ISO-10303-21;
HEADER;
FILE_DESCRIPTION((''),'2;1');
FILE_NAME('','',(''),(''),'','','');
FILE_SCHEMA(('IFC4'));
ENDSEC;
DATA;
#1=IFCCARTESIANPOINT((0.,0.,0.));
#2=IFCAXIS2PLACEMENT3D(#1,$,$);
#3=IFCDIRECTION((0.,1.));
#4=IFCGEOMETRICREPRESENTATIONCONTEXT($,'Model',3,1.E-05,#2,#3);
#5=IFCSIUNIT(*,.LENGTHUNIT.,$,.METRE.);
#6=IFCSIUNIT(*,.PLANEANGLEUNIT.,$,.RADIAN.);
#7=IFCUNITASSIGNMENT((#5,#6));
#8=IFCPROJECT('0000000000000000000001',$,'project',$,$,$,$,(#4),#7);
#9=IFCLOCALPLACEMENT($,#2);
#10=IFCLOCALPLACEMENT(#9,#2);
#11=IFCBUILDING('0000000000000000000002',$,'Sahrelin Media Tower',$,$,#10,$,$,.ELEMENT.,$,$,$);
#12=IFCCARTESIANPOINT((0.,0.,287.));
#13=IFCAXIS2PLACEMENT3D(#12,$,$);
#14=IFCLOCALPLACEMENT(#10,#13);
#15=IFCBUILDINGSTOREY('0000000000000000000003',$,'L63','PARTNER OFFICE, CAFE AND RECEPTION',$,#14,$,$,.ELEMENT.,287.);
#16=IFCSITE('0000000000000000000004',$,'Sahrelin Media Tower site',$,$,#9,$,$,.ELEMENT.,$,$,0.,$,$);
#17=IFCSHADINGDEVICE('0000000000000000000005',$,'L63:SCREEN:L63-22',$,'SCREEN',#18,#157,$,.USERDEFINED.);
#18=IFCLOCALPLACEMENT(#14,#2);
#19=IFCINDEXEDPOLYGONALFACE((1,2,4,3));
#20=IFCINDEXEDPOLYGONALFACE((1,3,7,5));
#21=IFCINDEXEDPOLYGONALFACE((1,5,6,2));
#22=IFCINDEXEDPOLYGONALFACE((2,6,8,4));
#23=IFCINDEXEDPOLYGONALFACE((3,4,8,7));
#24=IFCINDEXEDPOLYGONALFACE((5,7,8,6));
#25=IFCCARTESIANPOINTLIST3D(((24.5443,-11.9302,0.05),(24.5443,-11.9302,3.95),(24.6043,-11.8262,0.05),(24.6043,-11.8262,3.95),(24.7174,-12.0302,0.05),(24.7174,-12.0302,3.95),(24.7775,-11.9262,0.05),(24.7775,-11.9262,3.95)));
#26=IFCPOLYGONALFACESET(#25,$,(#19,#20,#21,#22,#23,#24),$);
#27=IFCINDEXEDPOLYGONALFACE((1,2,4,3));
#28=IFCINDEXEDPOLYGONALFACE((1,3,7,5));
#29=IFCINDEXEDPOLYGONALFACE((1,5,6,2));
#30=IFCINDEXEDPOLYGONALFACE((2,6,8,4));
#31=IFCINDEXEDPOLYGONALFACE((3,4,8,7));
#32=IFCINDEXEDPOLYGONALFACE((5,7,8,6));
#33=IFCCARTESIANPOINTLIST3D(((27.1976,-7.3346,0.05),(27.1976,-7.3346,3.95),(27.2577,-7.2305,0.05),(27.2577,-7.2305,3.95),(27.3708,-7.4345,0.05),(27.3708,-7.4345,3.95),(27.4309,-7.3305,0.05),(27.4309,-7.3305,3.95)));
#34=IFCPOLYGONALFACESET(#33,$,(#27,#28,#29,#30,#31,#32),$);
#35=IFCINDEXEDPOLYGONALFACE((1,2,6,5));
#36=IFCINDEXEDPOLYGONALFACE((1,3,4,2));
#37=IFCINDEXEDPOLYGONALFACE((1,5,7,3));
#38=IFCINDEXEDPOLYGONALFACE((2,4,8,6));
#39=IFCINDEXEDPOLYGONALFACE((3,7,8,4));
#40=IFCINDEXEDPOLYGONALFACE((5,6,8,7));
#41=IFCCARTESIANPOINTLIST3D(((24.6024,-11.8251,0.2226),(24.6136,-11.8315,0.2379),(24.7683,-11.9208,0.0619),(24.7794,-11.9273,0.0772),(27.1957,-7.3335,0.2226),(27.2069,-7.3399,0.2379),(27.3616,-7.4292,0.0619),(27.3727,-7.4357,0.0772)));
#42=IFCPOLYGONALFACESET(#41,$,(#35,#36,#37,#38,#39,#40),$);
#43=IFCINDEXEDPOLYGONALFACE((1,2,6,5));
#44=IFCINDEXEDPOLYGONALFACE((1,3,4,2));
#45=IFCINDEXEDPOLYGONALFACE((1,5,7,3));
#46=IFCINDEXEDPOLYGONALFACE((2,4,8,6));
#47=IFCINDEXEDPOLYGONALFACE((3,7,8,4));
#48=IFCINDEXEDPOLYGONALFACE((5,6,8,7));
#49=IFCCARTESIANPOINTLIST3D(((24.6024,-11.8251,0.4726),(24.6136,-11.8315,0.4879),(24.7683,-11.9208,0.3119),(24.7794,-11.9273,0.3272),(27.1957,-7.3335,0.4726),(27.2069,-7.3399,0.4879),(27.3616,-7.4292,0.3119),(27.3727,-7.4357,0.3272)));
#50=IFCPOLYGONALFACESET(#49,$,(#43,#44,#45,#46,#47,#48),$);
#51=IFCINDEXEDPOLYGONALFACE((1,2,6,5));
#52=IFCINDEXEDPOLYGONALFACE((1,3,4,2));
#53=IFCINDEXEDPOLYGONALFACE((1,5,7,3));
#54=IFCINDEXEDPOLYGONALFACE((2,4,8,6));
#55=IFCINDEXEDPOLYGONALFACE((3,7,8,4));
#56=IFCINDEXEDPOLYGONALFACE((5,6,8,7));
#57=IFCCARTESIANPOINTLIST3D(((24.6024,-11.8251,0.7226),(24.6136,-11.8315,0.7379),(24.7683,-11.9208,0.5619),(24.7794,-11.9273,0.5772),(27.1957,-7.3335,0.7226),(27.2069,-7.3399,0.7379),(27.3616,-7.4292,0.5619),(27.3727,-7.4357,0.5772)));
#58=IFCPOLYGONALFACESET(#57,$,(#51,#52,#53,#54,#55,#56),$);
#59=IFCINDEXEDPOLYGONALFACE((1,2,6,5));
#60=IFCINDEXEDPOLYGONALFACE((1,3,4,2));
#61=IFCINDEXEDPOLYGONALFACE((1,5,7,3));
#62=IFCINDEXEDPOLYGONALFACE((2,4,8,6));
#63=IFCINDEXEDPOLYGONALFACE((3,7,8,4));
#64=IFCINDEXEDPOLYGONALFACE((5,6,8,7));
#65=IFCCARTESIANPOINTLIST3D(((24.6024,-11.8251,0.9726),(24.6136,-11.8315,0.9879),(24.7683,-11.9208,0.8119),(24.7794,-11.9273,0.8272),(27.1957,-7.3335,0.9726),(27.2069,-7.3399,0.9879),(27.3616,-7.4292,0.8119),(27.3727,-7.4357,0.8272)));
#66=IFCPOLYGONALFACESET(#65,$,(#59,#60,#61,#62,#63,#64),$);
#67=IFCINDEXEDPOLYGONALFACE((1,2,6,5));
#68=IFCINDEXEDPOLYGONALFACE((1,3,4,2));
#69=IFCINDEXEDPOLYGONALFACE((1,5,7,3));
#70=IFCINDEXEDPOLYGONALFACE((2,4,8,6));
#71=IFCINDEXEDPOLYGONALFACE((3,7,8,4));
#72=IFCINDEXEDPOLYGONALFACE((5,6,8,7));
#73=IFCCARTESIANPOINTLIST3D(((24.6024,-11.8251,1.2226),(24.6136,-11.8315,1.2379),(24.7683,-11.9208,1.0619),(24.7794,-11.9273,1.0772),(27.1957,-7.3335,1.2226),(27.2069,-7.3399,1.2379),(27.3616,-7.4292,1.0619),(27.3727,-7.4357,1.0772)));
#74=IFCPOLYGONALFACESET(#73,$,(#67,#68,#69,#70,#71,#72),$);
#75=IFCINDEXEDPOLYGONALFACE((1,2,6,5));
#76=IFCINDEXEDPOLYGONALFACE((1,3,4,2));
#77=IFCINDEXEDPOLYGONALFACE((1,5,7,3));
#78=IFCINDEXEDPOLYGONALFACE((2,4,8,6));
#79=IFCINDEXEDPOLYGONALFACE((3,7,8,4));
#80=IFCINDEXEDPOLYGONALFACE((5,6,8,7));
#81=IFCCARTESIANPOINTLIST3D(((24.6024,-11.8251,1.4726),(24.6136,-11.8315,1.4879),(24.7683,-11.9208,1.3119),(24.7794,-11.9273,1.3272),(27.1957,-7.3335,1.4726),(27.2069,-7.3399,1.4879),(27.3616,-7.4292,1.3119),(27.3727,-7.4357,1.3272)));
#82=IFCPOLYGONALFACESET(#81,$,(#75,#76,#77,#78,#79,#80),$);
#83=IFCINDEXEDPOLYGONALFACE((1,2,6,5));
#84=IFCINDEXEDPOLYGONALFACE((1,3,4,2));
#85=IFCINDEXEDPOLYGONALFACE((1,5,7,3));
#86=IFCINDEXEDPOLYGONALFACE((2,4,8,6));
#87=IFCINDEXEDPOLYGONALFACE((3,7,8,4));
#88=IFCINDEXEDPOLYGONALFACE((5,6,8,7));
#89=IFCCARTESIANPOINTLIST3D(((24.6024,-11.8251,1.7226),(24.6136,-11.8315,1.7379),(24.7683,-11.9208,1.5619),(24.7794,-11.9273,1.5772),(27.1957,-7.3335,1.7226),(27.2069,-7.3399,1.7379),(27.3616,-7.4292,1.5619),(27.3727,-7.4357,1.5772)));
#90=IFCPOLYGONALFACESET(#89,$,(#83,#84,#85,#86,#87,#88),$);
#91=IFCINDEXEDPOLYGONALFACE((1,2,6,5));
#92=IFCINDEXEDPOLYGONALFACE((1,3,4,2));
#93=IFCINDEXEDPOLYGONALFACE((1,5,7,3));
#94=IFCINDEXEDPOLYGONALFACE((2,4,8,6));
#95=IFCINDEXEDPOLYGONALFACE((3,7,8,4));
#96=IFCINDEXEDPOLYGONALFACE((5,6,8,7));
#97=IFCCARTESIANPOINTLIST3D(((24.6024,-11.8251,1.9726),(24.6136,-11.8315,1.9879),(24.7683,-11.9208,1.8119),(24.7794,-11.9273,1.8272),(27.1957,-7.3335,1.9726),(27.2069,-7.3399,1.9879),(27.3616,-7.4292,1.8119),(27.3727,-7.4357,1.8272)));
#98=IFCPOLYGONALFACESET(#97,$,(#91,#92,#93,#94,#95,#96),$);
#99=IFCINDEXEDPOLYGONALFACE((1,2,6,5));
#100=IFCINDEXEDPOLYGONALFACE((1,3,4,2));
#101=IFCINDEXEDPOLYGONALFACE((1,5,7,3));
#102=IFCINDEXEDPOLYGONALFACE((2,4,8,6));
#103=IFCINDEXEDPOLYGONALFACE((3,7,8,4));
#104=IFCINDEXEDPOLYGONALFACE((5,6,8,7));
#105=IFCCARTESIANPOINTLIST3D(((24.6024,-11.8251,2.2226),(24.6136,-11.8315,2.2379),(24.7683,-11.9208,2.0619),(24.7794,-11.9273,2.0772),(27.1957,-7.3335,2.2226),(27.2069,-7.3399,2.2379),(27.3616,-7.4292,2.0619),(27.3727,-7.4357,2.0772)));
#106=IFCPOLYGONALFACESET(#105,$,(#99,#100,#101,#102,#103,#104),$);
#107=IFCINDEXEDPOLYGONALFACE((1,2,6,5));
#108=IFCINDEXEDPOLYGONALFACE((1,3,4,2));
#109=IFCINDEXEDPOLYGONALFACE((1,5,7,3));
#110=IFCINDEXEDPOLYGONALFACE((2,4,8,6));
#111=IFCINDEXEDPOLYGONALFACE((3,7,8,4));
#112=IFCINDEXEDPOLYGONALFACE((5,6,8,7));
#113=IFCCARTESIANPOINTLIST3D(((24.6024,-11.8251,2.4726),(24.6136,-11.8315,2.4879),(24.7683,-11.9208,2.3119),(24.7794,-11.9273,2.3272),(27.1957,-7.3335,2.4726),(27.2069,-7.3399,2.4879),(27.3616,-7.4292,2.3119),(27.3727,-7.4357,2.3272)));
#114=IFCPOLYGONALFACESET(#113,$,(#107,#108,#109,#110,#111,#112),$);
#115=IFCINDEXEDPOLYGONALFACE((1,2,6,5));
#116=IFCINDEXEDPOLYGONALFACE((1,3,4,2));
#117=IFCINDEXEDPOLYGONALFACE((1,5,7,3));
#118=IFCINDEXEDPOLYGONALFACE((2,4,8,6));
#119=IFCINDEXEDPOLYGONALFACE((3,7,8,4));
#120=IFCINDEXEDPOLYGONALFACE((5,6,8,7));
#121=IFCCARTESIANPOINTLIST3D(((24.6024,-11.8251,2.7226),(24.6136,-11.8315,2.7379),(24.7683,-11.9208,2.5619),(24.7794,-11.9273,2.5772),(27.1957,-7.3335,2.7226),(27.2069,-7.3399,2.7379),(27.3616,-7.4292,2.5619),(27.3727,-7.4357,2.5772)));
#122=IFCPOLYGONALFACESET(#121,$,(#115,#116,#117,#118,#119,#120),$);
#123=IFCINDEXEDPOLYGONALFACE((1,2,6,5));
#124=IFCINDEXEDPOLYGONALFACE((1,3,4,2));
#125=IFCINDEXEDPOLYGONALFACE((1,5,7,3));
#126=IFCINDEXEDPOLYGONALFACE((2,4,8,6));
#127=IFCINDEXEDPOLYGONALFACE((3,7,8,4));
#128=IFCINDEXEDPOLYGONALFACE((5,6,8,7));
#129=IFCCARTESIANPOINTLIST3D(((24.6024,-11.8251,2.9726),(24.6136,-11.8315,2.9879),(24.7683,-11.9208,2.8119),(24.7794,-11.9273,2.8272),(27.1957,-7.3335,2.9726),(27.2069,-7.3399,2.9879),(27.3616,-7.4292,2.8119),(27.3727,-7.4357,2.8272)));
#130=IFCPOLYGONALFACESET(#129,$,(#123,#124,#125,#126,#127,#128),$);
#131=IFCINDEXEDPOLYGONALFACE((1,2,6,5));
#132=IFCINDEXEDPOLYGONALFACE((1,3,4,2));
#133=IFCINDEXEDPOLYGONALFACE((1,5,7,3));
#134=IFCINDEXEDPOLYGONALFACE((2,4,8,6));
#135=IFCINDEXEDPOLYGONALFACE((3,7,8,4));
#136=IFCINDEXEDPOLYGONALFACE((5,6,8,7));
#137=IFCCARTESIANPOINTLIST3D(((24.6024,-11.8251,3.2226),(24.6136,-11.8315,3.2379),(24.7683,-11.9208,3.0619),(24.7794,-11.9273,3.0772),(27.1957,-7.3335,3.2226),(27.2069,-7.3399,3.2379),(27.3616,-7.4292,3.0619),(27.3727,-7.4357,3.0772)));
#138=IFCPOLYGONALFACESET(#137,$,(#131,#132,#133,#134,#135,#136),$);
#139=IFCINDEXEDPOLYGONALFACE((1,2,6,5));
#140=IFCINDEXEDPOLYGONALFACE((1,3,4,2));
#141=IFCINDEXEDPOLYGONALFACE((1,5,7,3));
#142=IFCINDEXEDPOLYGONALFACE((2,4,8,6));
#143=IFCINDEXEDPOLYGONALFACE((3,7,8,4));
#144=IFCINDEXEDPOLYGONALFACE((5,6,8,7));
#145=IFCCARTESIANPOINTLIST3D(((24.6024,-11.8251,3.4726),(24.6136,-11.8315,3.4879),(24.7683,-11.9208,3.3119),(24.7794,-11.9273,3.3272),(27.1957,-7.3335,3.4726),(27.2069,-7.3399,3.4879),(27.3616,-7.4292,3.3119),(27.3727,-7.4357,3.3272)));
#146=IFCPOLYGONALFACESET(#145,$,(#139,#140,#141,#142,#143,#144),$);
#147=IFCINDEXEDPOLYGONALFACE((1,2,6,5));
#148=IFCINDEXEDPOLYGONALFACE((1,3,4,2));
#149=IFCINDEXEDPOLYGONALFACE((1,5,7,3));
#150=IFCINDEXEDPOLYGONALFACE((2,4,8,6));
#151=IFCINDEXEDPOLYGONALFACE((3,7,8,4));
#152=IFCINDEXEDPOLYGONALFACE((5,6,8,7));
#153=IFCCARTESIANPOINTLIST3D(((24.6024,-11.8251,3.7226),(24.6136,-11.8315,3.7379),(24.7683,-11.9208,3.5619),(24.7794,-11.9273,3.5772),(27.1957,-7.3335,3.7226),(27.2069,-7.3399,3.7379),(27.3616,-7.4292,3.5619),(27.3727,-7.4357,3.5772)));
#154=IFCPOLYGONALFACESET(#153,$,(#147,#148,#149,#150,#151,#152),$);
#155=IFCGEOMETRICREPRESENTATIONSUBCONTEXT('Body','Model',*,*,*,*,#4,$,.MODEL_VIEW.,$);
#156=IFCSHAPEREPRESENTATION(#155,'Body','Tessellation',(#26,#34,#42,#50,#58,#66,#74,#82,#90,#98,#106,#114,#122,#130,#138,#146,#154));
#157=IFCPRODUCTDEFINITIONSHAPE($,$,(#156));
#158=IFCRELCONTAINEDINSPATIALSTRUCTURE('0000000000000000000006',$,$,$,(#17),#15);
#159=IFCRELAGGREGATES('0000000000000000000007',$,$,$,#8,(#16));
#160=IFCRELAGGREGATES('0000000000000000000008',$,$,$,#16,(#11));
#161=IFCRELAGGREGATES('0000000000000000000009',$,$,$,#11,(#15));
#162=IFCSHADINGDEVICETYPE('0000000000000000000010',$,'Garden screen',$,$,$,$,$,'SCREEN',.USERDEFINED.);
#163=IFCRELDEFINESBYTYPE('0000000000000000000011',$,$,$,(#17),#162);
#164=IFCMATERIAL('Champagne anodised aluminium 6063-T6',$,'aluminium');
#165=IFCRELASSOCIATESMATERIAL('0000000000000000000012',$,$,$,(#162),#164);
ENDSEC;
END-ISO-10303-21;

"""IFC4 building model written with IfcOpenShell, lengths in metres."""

from ifc_helpers import new_model, si_unit, direction, frame, origin, origin_2d, place, context, subcontext, project, spatial, rectangle, extrude, material, type_object, element, save


model = new_model("IFC4")

# Units and contexts
model_context = context("Model", 3, precision=1e-05, world=origin(), true_north=direction((0.0, 1.0)))
body_context = subcontext(model_context, "Body", "Model", "MODEL_VIEW")
ifc_project = project(units=[si_unit("LENGTHUNIT", "METRE"), si_unit("PLANEANGLEUNIT", "RADIAN")], contexts=[model_context])

# Site, building, storey
site_placement = place(None, origin())
site = spatial("IfcSite", under=ifc_project, at=site_placement, Name="Sahrelin Media Tower site", CompositionType="ELEMENT", RefElevation=0.0)
building_placement = place(site_placement, origin())
building = spatial("IfcBuilding", under=site, at=building_placement, Name="Sahrelin Media Tower", CompositionType="ELEMENT")
storey_placement = place(building_placement, frame((0.0, 0.0, 287.0)))
storey = spatial("IfcBuildingStorey", under=building, at=storey_placement, Name="L63", Description="PARTNER OFFICE, CAFE AND RECEPTION", CompositionType="ELEMENT", Elevation=287.0)

# Shading device
ifc_material_1 = material(Name="Champagne anodised aluminium 6063-T6", Category="aluminium")
shading_device_type = type_object("IfcShadingDeviceType", Name="Garden screen", ElementType="SCREEN", PredefinedType="USERDEFINED", material=ifc_material_1)
shading_device_1_placement = place(storey_placement, frame((25.9009, -9.5803, 0.0), z_axis=(0.0, 0.0, 1.0), x_axis=(-0.500011, -0.866019, 0.0)))
element("IfcShadingDevice", 1, at=shading_device_1_placement, inside=storey, type_object=shading_device_type, Name="L63:SCREEN:L63-22", ObjectType="SCREEN", PredefinedType="USERDEFINED", context=body_context, shape_type="SweptSolid", body=[
    extrude(rectangle(XDim=0.1201, YDim=0.2, at=origin_2d()), frame((2.6533, 0.1001, 0.05), z_axis=(0.0, 0.0, 1.0), x_axis=(1.0, 0.0, 0.0)), (0.0, 0.0, 1.0), 3.8999),
    extrude(rectangle(XDim=0.1201, YDim=0.2, at=origin_2d()), frame((-2.6533, 0.1001, 0.05), z_axis=(0.0, 0.0, 1.0), x_axis=(1.0, 0.0, 0.0)), (0.0, 0.0, 1.0), 3.8999),
    extrude(rectangle(XDim=0.25, YDim=0.02, at=origin_2d()), frame((2.5933, 0.1001, 0.1499), z_axis=(-1.0, 0.0, 0.0), x_axis=(0.0, -0.766044, 0.642788)), (0.0, 0.0, 1.0), 5.1865),
    extrude(rectangle(XDim=0.25, YDim=0.02, at=origin_2d()), frame((2.5933, 0.1001, 0.3999), z_axis=(-1.0, 0.0, 0.0), x_axis=(0.0, -0.766044, 0.642788)), (0.0, 0.0, 1.0), 5.1865),
    extrude(rectangle(XDim=0.25, YDim=0.02, at=origin_2d()), frame((2.5933, 0.1001, 0.6499), z_axis=(-1.0, 0.0, 0.0), x_axis=(0.0, -0.766044, 0.642788)), (0.0, 0.0, 1.0), 5.1865),
    extrude(rectangle(XDim=0.25, YDim=0.02, at=origin_2d()), frame((2.5933, 0.1001, 0.8999), z_axis=(-1.0, 0.0, 0.0), x_axis=(0.0, -0.766044, 0.642788)), (0.0, 0.0, 1.0), 5.1865),
    extrude(rectangle(XDim=0.25, YDim=0.02, at=origin_2d()), frame((2.5933, 0.1001, 1.1499), z_axis=(-1.0, 0.0, 0.0), x_axis=(0.0, -0.766044, 0.642788)), (0.0, 0.0, 1.0), 5.1865),
    extrude(rectangle(XDim=0.25, YDim=0.02, at=origin_2d()), frame((2.5933, 0.1001, 1.3999), z_axis=(-1.0, 0.0, 0.0), x_axis=(0.0, -0.766044, 0.642788)), (0.0, 0.0, 1.0), 5.1865),
    extrude(rectangle(XDim=0.25, YDim=0.02, at=origin_2d()), frame((2.5933, 0.1001, 1.6499), z_axis=(-1.0, 0.0, 0.0), x_axis=(0.0, -0.766044, 0.642788)), (0.0, 0.0, 1.0), 5.1865),
    extrude(rectangle(XDim=0.25, YDim=0.02, at=origin_2d()), frame((2.5933, 0.1001, 1.8999), z_axis=(-1.0, 0.0, 0.0), x_axis=(0.0, -0.766044, 0.642788)), (0.0, 0.0, 1.0), 5.1865),
    extrude(rectangle(XDim=0.25, YDim=0.02, at=origin_2d()), frame((2.5933, 0.1001, 2.1499), z_axis=(-1.0, 0.0, 0.0), x_axis=(0.0, -0.766044, 0.642788)), (0.0, 0.0, 1.0), 5.1865),
    extrude(rectangle(XDim=0.25, YDim=0.02, at=origin_2d()), frame((2.5933, 0.1001, 2.3999), z_axis=(-1.0, 0.0, 0.0), x_axis=(0.0, -0.766044, 0.642788)), (0.0, 0.0, 1.0), 5.1865),
    extrude(rectangle(XDim=0.25, YDim=0.02, at=origin_2d()), frame((2.5933, 0.1001, 2.6499), z_axis=(-1.0, 0.0, 0.0), x_axis=(0.0, -0.766044, 0.642788)), (0.0, 0.0, 1.0), 5.1865),
    extrude(rectangle(XDim=0.25, YDim=0.02, at=origin_2d()), frame((2.5933, 0.1001, 2.8999), z_axis=(-1.0, 0.0, 0.0), x_axis=(0.0, -0.766044, 0.642788)), (0.0, 0.0, 1.0), 5.1865),
    extrude(rectangle(XDim=0.25, YDim=0.02, at=origin_2d()), frame((2.5933, 0.1001, 3.1499), z_axis=(-1.0, 0.0, 0.0), x_axis=(0.0, -0.766044, 0.642788)), (0.0, 0.0, 1.0), 5.1865),
    extrude(rectangle(XDim=0.25, YDim=0.02, at=origin_2d()), frame((2.5933, 0.1001, 3.3999), z_axis=(-1.0, 0.0, 0.0), x_axis=(0.0, -0.766044, 0.642788)), (0.0, 0.0, 1.0), 5.1865),
    extrude(rectangle(XDim=0.25, YDim=0.02, at=origin_2d()), frame((2.5933, 0.1001, 3.6499), z_axis=(-1.0, 0.0, 0.0), x_axis=(0.0, -0.766044, 0.642788)), (0.0, 0.0, 1.0), 5.1865),
])

save(model, "model.ifc")
